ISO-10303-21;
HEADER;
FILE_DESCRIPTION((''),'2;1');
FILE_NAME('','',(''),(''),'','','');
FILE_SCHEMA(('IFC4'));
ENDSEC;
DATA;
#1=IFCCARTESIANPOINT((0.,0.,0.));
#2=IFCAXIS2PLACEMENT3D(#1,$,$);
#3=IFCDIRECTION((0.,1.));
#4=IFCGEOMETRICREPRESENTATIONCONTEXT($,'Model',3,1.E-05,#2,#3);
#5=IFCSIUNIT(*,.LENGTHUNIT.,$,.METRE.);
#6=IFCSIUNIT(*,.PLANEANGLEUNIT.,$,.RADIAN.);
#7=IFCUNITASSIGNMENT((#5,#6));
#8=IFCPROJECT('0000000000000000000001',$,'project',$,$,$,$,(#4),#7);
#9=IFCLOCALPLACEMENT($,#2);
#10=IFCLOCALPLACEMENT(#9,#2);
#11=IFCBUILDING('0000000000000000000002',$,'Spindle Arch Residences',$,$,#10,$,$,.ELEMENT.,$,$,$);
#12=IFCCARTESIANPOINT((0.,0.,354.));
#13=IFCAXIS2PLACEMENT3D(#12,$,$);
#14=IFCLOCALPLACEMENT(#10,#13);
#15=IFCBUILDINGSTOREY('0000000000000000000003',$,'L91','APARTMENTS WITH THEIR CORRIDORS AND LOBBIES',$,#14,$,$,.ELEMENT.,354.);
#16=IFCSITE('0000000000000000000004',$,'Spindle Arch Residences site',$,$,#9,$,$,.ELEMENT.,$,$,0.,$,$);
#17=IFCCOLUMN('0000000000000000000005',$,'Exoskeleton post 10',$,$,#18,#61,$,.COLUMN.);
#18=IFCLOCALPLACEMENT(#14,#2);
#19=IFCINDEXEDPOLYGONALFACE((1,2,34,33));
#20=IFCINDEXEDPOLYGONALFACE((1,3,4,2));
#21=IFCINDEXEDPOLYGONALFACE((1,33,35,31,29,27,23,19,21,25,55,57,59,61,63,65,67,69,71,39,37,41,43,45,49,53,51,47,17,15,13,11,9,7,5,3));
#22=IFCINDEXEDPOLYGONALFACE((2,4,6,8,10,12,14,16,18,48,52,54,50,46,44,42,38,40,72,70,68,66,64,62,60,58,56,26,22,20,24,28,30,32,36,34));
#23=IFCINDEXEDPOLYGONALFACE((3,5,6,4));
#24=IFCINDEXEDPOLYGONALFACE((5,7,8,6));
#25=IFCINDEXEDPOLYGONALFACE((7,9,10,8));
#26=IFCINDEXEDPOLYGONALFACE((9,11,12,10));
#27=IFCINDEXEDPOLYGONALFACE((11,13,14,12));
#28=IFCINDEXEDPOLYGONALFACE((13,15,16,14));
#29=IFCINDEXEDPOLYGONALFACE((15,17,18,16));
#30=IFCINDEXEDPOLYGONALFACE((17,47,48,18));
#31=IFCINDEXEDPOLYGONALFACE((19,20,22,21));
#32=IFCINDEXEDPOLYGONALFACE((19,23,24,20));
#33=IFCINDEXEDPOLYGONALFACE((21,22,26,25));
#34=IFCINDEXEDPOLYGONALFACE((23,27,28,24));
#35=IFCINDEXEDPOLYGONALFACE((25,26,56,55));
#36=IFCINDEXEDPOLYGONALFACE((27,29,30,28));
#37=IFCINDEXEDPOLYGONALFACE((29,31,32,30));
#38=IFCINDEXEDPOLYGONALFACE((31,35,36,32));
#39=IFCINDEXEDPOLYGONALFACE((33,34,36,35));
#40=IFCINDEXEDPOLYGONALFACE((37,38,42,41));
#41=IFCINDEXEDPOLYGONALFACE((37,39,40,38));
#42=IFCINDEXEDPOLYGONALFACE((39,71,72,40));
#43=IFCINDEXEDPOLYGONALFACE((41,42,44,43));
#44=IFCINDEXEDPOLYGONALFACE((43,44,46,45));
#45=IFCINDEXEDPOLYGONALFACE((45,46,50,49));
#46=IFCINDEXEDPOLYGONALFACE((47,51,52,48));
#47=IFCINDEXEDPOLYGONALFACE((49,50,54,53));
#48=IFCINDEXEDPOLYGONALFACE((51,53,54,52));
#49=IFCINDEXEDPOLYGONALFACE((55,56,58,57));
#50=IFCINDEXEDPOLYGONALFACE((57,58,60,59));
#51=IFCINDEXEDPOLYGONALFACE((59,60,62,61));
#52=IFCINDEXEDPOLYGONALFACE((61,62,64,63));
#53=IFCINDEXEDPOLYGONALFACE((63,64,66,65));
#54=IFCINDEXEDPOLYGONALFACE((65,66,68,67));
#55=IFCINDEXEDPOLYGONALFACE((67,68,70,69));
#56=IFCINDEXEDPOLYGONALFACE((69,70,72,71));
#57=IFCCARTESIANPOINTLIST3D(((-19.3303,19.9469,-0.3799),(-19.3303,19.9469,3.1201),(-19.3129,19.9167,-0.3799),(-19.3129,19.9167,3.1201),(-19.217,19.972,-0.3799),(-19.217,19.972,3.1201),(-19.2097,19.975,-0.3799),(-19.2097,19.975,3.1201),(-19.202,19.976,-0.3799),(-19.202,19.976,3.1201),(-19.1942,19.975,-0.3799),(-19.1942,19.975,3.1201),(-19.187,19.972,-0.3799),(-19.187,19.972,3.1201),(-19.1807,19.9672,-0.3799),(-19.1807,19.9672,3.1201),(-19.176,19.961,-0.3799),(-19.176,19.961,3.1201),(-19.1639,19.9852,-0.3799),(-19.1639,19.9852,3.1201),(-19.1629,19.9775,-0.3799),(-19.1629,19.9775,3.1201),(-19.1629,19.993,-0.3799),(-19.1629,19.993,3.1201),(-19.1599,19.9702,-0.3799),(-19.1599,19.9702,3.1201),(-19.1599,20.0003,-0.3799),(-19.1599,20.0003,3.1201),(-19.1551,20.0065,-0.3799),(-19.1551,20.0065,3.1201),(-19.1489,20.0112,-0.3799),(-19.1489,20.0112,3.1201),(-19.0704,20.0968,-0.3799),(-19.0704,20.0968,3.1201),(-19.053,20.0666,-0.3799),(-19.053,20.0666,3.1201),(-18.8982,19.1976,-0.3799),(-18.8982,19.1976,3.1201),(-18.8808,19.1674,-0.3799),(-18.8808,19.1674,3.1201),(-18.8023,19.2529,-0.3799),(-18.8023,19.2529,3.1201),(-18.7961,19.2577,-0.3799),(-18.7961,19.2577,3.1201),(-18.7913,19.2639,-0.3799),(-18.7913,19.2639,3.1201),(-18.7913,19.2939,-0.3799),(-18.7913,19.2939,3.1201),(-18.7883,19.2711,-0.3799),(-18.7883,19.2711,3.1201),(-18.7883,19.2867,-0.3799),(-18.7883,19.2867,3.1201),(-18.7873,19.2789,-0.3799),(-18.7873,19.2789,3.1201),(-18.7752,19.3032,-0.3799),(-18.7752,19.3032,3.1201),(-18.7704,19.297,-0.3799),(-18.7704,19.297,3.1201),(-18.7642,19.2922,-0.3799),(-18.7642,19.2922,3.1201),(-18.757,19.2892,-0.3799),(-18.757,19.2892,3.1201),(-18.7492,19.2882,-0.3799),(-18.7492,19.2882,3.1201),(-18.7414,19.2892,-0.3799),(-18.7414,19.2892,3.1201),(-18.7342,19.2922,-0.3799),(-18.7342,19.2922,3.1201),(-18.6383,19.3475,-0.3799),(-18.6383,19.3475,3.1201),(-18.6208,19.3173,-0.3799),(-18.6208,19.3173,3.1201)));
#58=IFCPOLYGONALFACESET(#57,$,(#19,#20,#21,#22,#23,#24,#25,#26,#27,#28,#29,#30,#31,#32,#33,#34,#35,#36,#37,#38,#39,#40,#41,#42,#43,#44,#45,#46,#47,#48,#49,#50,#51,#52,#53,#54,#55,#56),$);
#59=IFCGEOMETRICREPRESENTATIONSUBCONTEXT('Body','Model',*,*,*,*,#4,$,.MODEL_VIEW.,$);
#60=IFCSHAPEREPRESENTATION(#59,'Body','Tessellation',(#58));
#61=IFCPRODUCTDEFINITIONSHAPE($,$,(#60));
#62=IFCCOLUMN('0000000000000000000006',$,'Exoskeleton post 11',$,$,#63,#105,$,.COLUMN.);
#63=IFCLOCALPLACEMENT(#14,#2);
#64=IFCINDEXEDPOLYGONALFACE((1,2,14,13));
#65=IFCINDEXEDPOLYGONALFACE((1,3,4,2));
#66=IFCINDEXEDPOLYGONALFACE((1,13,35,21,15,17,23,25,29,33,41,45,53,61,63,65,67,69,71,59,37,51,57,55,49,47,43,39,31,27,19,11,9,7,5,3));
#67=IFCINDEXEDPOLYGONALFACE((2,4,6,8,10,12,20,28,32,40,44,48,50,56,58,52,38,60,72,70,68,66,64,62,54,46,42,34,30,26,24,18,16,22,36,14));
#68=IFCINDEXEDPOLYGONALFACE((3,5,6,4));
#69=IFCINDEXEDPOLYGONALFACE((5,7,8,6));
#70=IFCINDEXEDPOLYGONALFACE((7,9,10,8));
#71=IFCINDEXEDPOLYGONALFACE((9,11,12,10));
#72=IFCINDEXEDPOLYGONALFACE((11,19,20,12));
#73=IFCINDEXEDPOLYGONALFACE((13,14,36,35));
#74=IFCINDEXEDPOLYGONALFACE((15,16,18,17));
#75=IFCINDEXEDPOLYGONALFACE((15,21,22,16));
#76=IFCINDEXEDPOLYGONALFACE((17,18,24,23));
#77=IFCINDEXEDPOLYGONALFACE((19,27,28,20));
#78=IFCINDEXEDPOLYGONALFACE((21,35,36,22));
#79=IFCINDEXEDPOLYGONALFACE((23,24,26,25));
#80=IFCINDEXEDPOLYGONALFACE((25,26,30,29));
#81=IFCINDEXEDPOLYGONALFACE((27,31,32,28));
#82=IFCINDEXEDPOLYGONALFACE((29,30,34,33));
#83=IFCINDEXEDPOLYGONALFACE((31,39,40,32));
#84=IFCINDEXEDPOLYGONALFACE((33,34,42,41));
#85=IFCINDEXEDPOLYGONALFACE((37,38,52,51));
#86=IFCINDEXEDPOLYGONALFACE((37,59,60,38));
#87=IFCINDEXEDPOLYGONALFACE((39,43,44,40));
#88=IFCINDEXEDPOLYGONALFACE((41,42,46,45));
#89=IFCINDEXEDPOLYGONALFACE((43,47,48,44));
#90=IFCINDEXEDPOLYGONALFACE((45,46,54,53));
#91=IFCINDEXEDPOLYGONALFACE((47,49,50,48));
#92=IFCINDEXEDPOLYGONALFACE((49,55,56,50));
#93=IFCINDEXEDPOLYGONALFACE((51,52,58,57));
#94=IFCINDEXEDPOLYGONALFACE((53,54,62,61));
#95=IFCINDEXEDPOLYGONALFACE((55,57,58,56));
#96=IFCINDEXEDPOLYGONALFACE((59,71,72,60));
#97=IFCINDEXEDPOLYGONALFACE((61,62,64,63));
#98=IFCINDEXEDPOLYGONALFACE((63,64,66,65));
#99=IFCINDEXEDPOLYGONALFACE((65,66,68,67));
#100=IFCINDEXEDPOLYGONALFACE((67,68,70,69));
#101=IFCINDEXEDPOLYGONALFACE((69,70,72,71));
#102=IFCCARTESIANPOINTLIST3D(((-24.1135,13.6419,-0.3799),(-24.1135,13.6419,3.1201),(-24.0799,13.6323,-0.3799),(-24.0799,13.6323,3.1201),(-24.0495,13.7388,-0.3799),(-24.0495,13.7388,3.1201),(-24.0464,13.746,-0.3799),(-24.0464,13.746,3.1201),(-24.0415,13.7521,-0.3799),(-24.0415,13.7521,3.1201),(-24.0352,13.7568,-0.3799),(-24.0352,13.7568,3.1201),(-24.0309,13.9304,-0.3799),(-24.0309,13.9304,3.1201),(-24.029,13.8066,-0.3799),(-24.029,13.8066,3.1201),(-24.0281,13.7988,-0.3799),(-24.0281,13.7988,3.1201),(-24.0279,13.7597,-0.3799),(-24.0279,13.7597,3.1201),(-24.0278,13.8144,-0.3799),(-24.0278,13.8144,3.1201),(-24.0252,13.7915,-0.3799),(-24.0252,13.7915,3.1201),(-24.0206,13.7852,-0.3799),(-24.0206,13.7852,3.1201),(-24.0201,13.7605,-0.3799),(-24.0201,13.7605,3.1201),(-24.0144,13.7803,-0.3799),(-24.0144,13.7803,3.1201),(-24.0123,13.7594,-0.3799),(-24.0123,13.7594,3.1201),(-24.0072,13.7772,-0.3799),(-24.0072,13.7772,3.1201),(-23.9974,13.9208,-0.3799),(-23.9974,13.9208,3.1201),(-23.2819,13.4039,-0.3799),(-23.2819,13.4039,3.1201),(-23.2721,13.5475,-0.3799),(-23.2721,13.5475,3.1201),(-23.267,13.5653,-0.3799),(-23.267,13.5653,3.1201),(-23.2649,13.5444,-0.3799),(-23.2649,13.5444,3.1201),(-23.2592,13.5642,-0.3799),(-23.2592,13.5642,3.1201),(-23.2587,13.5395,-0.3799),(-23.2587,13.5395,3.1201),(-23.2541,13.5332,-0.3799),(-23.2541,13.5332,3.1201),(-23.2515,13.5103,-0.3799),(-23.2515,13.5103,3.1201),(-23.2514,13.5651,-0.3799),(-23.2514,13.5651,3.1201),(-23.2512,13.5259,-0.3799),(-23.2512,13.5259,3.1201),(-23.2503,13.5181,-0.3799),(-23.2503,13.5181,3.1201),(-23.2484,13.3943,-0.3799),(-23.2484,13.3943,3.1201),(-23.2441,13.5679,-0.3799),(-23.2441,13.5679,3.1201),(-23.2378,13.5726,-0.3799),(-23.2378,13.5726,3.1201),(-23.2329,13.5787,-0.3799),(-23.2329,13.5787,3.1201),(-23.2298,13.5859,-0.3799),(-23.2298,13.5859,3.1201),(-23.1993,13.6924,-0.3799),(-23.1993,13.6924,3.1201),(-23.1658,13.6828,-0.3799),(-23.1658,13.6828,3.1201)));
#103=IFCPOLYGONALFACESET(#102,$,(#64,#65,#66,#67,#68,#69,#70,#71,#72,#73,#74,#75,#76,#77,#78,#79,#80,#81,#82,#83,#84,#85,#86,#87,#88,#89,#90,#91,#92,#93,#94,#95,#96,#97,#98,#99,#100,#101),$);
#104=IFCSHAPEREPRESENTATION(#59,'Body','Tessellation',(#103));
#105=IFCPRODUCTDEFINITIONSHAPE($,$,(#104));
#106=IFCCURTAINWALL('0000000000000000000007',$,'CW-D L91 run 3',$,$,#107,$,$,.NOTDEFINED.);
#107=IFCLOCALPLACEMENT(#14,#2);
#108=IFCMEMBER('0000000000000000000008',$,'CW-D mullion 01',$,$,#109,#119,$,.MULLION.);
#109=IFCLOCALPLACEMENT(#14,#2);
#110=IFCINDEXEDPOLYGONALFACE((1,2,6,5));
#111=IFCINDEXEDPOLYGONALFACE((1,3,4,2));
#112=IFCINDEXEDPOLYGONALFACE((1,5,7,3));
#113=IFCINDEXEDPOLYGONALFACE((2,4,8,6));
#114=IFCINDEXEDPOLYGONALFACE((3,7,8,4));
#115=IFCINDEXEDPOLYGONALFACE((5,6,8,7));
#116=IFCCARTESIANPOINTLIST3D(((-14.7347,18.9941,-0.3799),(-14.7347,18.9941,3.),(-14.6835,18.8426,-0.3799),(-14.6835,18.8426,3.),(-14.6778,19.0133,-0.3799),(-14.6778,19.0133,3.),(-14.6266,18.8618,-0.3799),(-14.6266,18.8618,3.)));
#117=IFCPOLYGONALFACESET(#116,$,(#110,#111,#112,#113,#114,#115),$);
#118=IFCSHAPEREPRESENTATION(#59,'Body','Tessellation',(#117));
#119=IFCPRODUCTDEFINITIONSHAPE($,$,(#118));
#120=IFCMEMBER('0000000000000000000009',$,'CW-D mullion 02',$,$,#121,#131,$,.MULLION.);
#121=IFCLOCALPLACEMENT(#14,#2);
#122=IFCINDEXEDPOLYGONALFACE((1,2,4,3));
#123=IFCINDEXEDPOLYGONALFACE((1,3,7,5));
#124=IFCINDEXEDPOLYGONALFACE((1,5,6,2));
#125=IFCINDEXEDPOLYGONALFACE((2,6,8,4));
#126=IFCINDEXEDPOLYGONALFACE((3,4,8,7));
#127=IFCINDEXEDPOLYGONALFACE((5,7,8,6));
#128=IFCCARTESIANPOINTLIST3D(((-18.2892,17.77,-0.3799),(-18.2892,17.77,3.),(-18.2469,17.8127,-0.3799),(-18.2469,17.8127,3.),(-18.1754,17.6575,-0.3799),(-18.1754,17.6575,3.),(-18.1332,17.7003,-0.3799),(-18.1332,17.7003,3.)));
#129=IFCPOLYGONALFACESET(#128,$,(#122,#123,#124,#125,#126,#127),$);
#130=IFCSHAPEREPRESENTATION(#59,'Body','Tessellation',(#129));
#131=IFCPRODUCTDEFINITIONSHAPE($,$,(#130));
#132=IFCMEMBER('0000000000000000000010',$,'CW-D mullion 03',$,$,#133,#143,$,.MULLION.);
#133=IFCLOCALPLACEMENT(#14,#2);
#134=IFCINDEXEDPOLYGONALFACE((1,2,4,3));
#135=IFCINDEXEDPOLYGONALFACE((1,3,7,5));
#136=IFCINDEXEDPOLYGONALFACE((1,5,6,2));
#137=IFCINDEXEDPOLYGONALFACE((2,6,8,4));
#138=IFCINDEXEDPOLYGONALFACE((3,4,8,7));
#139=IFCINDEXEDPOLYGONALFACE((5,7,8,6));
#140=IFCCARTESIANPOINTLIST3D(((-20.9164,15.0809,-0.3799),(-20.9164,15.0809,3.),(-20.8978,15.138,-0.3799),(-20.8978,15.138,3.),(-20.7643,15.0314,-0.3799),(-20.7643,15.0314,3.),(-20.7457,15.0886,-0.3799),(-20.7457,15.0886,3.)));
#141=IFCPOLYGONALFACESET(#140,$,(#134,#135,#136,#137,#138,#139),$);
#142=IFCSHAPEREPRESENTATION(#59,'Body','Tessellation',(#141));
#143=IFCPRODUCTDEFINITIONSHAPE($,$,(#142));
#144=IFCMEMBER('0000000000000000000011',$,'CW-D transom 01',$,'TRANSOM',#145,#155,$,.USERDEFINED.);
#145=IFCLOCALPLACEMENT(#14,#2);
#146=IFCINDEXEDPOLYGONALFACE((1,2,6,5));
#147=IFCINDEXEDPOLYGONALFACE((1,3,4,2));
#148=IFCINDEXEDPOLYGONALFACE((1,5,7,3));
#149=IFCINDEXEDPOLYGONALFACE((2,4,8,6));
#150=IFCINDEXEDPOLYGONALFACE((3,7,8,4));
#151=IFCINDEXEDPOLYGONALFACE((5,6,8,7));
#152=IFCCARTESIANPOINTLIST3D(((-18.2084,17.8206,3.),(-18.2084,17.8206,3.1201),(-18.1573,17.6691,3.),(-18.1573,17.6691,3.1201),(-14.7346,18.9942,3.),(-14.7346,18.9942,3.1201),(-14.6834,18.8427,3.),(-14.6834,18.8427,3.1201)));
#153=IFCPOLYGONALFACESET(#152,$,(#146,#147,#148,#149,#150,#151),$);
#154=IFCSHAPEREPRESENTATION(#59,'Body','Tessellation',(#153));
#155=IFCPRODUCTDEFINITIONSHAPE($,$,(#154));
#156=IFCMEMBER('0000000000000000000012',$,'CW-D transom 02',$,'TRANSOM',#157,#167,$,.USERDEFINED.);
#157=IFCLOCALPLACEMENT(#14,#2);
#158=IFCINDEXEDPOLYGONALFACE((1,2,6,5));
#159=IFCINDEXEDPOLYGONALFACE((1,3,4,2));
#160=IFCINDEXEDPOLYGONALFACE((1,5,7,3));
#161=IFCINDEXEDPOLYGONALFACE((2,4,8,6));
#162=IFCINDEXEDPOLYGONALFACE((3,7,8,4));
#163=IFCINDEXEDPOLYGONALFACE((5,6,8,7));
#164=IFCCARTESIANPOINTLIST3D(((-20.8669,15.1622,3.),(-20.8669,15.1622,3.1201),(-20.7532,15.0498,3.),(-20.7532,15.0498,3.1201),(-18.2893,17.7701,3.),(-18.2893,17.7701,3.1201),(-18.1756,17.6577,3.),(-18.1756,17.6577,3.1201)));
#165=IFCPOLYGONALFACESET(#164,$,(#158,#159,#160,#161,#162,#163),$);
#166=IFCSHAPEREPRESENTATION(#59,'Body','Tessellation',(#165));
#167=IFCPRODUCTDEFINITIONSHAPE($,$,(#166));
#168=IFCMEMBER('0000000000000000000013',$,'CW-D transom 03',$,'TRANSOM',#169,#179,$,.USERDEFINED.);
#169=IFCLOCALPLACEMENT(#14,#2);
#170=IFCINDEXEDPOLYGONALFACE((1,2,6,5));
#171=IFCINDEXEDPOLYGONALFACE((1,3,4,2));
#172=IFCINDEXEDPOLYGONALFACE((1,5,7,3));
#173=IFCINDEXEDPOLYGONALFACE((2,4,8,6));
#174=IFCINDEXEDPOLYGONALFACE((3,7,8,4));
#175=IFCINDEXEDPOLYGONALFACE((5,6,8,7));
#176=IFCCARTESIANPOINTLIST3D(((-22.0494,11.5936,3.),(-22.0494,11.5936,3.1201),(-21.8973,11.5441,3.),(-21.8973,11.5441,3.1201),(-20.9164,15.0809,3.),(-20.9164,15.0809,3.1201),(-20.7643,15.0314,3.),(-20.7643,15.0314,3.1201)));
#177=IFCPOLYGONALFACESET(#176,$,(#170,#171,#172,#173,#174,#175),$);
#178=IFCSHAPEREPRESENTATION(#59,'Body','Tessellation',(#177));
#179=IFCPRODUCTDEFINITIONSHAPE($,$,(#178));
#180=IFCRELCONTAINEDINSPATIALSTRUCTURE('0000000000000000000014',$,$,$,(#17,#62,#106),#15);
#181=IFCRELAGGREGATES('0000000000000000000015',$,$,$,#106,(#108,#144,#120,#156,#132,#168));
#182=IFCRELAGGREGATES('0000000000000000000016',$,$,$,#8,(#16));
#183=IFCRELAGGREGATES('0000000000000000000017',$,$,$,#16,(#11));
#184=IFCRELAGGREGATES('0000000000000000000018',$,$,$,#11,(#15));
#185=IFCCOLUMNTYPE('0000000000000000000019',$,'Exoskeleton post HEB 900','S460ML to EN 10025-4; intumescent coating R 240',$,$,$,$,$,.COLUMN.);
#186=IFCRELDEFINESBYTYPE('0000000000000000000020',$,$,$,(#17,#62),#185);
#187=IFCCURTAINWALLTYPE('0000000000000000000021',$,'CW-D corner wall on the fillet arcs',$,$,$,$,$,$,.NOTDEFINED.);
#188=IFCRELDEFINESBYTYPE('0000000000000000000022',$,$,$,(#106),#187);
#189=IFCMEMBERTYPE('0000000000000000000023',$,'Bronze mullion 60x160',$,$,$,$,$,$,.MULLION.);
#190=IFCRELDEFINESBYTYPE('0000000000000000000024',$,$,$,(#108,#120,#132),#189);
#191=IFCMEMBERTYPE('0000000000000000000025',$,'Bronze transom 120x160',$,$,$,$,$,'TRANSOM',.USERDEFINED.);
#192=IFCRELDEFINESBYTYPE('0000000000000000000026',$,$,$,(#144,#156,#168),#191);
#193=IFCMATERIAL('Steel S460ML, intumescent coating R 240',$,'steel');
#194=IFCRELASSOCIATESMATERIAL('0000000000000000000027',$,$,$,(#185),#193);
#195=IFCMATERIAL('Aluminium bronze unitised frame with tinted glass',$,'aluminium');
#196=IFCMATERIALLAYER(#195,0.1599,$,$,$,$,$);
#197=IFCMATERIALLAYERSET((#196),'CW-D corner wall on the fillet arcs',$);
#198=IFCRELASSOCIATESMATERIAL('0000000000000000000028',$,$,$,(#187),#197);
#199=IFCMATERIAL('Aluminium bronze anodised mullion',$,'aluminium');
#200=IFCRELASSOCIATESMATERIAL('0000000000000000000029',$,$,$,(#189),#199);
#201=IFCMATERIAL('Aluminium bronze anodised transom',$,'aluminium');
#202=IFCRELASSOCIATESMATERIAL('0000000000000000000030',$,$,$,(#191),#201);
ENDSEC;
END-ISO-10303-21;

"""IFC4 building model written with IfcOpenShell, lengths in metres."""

from ifc_helpers import new_model, si_unit, direction, frame, origin, origin_2d, place, context, subcontext, project, spatial, rectangle, i_section, extrude, material, layer, layer_set, material_profile, profile_set, type_object, element, aggregate, save


model = new_model("IFC4")

# Units and contexts
model_context = context("Model", 3, precision=1e-05, world=origin(), true_north=direction((0.0, 1.0)))
body_context = subcontext(model_context, "Body", "Model", "MODEL_VIEW")
ifc_project = project(units=[si_unit("LENGTHUNIT", "METRE"), si_unit("PLANEANGLEUNIT", "RADIAN")], contexts=[model_context])

# Site, building, storey
site_placement = place(None, origin())
site = spatial("IfcSite", under=ifc_project, at=site_placement, Name="Spindle Arch Residences site", CompositionType="ELEMENT", RefElevation=0.0)
building_placement = place(site_placement, origin())
building = spatial("IfcBuilding", under=site, at=building_placement, Name="Spindle Arch Residences", CompositionType="ELEMENT")
storey_placement = place(building_placement, frame((0.0, 0.0, 354.0)))
storey = spatial("IfcBuildingStorey", under=building, at=storey_placement, Name="L91", Description="APARTMENTS WITH THEIR CORRIDORS AND LOBBIES", CompositionType="ELEMENT", Elevation=354.0)

# Columns
ifc_material_1 = material(Name="Steel S460ML, intumescent coating R 240", Category="steel")
ifc_material_profile_1 = material_profile(ifc_material_1, i_section(OverallWidth=0.3, OverallDepth=0.8999, WebThickness=0.0186, FlangeThickness=0.0349, FilletRadius=0.03, at=origin_2d()), Name="HEB 900")
ifc_profile_set_1 = profile_set([ifc_material_profile_1], Name="Steel S460ML, intumescent coating R 240")
column_type = type_object("IfcColumnType", Name="Exoskeleton post HEB 900", Description="S460ML to EN 10025-4; intumescent coating R 240", PredefinedType="COLUMN", material=ifc_profile_set_1)
for number, where, z_axis, x_axis, name in (
    (1, (-18.9756, 19.6321, -0.3799), (0.0, 0.0, 1.0), (0.866257, 0.499599, 0.0), "Exoskeleton post 10"),
    (2, (-23.6396, 13.6624, -0.3799), (0.0, 0.0, 1.0), (0.275193, 0.961389, 0.0), "Exoskeleton post 11"),
):
    element("IfcColumn", number, at=place(storey_placement, frame(where, z_axis=z_axis, x_axis=x_axis)), inside=storey, type_object=column_type, Name=name, PredefinedType="COLUMN", context=body_context, shape_type="SweptSolid", body=[
        extrude(i_section(OverallWidth=0.3, OverallDepth=0.8999, WebThickness=0.0186, FlangeThickness=0.0349, FilletRadius=0.03, at=origin_2d()), origin(), (0.0, 0.0, 1.0), 3.5),
    ])

# Curtain wall, members
ifc_material_2 = material(Name="Aluminium bronze unitised frame with tinted glass", Category="aluminium")
ifc_layer_1 = layer(ifc_material_2, 0.1599)
ifc_layer_set_1 = layer_set([ifc_layer_1], Name="CW-D corner wall on the fillet arcs")
curtain_wall_type = type_object("IfcCurtainWallType", Name="CW-D corner wall on the fillet arcs", PredefinedType="NOTDEFINED", material=ifc_layer_set_1)
curtain_wall_placement = place(storey_placement, origin())
curtain_wall = element("IfcCurtainWall", 3, at=curtain_wall_placement, inside=storey, type_object=curtain_wall_type, Name="CW-D L91 run 3", PredefinedType="NOTDEFINED")
ifc_material_3 = material(Name="Aluminium bronze anodised mullion", Category="aluminium")
ifc_material_profile_2 = material_profile(ifc_material_3, rectangle(XDim=0.1599, YDim=0.0601, at=origin_2d()), Name="MU 60x160")
ifc_profile_set_2 = profile_set([ifc_material_profile_2], Name="Aluminium bronze anodised mullion")
member_type_1 = type_object("IfcMemberType", Name="Bronze mullion 60x160", PredefinedType="MULLION", material=ifc_profile_set_2)
member_1_placement = place(storey_placement, frame((-14.6807, 18.928, -0.3799), z_axis=(0.0, 0.0, 1.0), x_axis=(0.320062, -0.947397, 0.0)))
member_1 = element("IfcMember", 4, at=member_1_placement, type_object=member_type_1, Name="CW-D mullion 01", PredefinedType="MULLION", context=body_context, shape_type="SweptSolid", body=[
    extrude(rectangle(XDim=0.1599, YDim=0.0601, at=origin_2d()), origin(), (0.0, 0.0, 1.0), 3.3799),
])
member_2_placement = place(storey_placement, frame((-18.2112, 17.7351, -0.3799), z_axis=(0.0, 0.0, 1.0), x_axis=(0.711209, -0.702981, 0.0)))
member_2 = element("IfcMember", 5, at=member_2_placement, type_object=member_type_1, Name="CW-D mullion 02", PredefinedType="MULLION", context=body_context, shape_type="SweptSolid", body=[
    extrude(rectangle(XDim=0.1599, YDim=0.0601, at=origin_2d()), origin(), (0.0, 0.0, 1.0), 3.3799),
])
member_3_placement = place(storey_placement, frame((-20.8311, 15.0847, -0.3799), z_axis=(0.0, 0.0, 1.0), x_axis=(0.951057, -0.309017, 0.0)))
member_3 = element("IfcMember", 6, at=member_3_placement, type_object=member_type_1, Name="CW-D mullion 03", PredefinedType="MULLION", context=body_context, shape_type="SweptSolid", body=[
    extrude(rectangle(XDim=0.1599, YDim=0.0601, at=origin_2d()), origin(), (0.0, 0.0, 1.0), 3.3799),
])
ifc_material_4 = material(Name="Aluminium bronze anodised transom", Category="aluminium")
ifc_material_profile_3 = material_profile(ifc_material_4, rectangle(XDim=0.1599, YDim=0.1201, at=origin_2d()), Name="TR 120x160")
ifc_profile_set_3 = profile_set([ifc_material_profile_3], Name="Aluminium bronze anodised transom")
member_type_2 = type_object("IfcMemberType", Name="Bronze transom 120x160", ElementType="TRANSOM", PredefinedType="USERDEFINED", material=ifc_profile_set_3)
member_4_placement = place(storey_placement, frame((-14.709, 18.9185, 3.0601), z_axis=(-0.947397, -0.32006, 0.0), x_axis=(0.32006, -0.947397, 0.0)))
member_4 = element("IfcMember", 7, at=member_4_placement, type_object=member_type_2, Name="CW-D transom 01", ObjectType="TRANSOM", PredefinedType="USERDEFINED", context=body_context, shape_type="SweptSolid", body=[
    extrude(rectangle(XDim=0.1599, YDim=0.1201, at=origin_2d()), origin(), (0.0, 0.0, 1.0), 3.6667),
])
member_5_placement = place(storey_placement, frame((-18.2324, 17.7139, 3.0601), z_axis=(-0.702967, -0.711223, 0.0), x_axis=(0.711223, -0.702967, 0.0)))
member_5 = element("IfcMember", 8, at=member_5_placement, type_object=member_type_2, Name="CW-D transom 02", ObjectType="TRANSOM", PredefinedType="USERDEFINED", context=body_context, shape_type="SweptSolid", body=[
    extrude(rectangle(XDim=0.1599, YDim=0.1201, at=origin_2d()), origin(), (0.0, 0.0, 1.0), 3.6667),
])
member_6_placement = place(storey_placement, frame((-20.8403, 15.0562, 3.0601), z_axis=(-0.309008, -0.95106, 0.0), x_axis=(0.95106, -0.309008, 0.0)))
member_6 = element("IfcMember", 9, at=member_6_placement, type_object=member_type_2, Name="CW-D transom 03", ObjectType="TRANSOM", PredefinedType="USERDEFINED", context=body_context, shape_type="SweptSolid", body=[
    extrude(rectangle(XDim=0.1599, YDim=0.1201, at=origin_2d()), origin(), (0.0, 0.0, 1.0), 3.6667),
])

aggregate(curtain_wall, [member_1, member_4, member_2, member_5, member_3, member_6])

save(model, "model.ifc")
